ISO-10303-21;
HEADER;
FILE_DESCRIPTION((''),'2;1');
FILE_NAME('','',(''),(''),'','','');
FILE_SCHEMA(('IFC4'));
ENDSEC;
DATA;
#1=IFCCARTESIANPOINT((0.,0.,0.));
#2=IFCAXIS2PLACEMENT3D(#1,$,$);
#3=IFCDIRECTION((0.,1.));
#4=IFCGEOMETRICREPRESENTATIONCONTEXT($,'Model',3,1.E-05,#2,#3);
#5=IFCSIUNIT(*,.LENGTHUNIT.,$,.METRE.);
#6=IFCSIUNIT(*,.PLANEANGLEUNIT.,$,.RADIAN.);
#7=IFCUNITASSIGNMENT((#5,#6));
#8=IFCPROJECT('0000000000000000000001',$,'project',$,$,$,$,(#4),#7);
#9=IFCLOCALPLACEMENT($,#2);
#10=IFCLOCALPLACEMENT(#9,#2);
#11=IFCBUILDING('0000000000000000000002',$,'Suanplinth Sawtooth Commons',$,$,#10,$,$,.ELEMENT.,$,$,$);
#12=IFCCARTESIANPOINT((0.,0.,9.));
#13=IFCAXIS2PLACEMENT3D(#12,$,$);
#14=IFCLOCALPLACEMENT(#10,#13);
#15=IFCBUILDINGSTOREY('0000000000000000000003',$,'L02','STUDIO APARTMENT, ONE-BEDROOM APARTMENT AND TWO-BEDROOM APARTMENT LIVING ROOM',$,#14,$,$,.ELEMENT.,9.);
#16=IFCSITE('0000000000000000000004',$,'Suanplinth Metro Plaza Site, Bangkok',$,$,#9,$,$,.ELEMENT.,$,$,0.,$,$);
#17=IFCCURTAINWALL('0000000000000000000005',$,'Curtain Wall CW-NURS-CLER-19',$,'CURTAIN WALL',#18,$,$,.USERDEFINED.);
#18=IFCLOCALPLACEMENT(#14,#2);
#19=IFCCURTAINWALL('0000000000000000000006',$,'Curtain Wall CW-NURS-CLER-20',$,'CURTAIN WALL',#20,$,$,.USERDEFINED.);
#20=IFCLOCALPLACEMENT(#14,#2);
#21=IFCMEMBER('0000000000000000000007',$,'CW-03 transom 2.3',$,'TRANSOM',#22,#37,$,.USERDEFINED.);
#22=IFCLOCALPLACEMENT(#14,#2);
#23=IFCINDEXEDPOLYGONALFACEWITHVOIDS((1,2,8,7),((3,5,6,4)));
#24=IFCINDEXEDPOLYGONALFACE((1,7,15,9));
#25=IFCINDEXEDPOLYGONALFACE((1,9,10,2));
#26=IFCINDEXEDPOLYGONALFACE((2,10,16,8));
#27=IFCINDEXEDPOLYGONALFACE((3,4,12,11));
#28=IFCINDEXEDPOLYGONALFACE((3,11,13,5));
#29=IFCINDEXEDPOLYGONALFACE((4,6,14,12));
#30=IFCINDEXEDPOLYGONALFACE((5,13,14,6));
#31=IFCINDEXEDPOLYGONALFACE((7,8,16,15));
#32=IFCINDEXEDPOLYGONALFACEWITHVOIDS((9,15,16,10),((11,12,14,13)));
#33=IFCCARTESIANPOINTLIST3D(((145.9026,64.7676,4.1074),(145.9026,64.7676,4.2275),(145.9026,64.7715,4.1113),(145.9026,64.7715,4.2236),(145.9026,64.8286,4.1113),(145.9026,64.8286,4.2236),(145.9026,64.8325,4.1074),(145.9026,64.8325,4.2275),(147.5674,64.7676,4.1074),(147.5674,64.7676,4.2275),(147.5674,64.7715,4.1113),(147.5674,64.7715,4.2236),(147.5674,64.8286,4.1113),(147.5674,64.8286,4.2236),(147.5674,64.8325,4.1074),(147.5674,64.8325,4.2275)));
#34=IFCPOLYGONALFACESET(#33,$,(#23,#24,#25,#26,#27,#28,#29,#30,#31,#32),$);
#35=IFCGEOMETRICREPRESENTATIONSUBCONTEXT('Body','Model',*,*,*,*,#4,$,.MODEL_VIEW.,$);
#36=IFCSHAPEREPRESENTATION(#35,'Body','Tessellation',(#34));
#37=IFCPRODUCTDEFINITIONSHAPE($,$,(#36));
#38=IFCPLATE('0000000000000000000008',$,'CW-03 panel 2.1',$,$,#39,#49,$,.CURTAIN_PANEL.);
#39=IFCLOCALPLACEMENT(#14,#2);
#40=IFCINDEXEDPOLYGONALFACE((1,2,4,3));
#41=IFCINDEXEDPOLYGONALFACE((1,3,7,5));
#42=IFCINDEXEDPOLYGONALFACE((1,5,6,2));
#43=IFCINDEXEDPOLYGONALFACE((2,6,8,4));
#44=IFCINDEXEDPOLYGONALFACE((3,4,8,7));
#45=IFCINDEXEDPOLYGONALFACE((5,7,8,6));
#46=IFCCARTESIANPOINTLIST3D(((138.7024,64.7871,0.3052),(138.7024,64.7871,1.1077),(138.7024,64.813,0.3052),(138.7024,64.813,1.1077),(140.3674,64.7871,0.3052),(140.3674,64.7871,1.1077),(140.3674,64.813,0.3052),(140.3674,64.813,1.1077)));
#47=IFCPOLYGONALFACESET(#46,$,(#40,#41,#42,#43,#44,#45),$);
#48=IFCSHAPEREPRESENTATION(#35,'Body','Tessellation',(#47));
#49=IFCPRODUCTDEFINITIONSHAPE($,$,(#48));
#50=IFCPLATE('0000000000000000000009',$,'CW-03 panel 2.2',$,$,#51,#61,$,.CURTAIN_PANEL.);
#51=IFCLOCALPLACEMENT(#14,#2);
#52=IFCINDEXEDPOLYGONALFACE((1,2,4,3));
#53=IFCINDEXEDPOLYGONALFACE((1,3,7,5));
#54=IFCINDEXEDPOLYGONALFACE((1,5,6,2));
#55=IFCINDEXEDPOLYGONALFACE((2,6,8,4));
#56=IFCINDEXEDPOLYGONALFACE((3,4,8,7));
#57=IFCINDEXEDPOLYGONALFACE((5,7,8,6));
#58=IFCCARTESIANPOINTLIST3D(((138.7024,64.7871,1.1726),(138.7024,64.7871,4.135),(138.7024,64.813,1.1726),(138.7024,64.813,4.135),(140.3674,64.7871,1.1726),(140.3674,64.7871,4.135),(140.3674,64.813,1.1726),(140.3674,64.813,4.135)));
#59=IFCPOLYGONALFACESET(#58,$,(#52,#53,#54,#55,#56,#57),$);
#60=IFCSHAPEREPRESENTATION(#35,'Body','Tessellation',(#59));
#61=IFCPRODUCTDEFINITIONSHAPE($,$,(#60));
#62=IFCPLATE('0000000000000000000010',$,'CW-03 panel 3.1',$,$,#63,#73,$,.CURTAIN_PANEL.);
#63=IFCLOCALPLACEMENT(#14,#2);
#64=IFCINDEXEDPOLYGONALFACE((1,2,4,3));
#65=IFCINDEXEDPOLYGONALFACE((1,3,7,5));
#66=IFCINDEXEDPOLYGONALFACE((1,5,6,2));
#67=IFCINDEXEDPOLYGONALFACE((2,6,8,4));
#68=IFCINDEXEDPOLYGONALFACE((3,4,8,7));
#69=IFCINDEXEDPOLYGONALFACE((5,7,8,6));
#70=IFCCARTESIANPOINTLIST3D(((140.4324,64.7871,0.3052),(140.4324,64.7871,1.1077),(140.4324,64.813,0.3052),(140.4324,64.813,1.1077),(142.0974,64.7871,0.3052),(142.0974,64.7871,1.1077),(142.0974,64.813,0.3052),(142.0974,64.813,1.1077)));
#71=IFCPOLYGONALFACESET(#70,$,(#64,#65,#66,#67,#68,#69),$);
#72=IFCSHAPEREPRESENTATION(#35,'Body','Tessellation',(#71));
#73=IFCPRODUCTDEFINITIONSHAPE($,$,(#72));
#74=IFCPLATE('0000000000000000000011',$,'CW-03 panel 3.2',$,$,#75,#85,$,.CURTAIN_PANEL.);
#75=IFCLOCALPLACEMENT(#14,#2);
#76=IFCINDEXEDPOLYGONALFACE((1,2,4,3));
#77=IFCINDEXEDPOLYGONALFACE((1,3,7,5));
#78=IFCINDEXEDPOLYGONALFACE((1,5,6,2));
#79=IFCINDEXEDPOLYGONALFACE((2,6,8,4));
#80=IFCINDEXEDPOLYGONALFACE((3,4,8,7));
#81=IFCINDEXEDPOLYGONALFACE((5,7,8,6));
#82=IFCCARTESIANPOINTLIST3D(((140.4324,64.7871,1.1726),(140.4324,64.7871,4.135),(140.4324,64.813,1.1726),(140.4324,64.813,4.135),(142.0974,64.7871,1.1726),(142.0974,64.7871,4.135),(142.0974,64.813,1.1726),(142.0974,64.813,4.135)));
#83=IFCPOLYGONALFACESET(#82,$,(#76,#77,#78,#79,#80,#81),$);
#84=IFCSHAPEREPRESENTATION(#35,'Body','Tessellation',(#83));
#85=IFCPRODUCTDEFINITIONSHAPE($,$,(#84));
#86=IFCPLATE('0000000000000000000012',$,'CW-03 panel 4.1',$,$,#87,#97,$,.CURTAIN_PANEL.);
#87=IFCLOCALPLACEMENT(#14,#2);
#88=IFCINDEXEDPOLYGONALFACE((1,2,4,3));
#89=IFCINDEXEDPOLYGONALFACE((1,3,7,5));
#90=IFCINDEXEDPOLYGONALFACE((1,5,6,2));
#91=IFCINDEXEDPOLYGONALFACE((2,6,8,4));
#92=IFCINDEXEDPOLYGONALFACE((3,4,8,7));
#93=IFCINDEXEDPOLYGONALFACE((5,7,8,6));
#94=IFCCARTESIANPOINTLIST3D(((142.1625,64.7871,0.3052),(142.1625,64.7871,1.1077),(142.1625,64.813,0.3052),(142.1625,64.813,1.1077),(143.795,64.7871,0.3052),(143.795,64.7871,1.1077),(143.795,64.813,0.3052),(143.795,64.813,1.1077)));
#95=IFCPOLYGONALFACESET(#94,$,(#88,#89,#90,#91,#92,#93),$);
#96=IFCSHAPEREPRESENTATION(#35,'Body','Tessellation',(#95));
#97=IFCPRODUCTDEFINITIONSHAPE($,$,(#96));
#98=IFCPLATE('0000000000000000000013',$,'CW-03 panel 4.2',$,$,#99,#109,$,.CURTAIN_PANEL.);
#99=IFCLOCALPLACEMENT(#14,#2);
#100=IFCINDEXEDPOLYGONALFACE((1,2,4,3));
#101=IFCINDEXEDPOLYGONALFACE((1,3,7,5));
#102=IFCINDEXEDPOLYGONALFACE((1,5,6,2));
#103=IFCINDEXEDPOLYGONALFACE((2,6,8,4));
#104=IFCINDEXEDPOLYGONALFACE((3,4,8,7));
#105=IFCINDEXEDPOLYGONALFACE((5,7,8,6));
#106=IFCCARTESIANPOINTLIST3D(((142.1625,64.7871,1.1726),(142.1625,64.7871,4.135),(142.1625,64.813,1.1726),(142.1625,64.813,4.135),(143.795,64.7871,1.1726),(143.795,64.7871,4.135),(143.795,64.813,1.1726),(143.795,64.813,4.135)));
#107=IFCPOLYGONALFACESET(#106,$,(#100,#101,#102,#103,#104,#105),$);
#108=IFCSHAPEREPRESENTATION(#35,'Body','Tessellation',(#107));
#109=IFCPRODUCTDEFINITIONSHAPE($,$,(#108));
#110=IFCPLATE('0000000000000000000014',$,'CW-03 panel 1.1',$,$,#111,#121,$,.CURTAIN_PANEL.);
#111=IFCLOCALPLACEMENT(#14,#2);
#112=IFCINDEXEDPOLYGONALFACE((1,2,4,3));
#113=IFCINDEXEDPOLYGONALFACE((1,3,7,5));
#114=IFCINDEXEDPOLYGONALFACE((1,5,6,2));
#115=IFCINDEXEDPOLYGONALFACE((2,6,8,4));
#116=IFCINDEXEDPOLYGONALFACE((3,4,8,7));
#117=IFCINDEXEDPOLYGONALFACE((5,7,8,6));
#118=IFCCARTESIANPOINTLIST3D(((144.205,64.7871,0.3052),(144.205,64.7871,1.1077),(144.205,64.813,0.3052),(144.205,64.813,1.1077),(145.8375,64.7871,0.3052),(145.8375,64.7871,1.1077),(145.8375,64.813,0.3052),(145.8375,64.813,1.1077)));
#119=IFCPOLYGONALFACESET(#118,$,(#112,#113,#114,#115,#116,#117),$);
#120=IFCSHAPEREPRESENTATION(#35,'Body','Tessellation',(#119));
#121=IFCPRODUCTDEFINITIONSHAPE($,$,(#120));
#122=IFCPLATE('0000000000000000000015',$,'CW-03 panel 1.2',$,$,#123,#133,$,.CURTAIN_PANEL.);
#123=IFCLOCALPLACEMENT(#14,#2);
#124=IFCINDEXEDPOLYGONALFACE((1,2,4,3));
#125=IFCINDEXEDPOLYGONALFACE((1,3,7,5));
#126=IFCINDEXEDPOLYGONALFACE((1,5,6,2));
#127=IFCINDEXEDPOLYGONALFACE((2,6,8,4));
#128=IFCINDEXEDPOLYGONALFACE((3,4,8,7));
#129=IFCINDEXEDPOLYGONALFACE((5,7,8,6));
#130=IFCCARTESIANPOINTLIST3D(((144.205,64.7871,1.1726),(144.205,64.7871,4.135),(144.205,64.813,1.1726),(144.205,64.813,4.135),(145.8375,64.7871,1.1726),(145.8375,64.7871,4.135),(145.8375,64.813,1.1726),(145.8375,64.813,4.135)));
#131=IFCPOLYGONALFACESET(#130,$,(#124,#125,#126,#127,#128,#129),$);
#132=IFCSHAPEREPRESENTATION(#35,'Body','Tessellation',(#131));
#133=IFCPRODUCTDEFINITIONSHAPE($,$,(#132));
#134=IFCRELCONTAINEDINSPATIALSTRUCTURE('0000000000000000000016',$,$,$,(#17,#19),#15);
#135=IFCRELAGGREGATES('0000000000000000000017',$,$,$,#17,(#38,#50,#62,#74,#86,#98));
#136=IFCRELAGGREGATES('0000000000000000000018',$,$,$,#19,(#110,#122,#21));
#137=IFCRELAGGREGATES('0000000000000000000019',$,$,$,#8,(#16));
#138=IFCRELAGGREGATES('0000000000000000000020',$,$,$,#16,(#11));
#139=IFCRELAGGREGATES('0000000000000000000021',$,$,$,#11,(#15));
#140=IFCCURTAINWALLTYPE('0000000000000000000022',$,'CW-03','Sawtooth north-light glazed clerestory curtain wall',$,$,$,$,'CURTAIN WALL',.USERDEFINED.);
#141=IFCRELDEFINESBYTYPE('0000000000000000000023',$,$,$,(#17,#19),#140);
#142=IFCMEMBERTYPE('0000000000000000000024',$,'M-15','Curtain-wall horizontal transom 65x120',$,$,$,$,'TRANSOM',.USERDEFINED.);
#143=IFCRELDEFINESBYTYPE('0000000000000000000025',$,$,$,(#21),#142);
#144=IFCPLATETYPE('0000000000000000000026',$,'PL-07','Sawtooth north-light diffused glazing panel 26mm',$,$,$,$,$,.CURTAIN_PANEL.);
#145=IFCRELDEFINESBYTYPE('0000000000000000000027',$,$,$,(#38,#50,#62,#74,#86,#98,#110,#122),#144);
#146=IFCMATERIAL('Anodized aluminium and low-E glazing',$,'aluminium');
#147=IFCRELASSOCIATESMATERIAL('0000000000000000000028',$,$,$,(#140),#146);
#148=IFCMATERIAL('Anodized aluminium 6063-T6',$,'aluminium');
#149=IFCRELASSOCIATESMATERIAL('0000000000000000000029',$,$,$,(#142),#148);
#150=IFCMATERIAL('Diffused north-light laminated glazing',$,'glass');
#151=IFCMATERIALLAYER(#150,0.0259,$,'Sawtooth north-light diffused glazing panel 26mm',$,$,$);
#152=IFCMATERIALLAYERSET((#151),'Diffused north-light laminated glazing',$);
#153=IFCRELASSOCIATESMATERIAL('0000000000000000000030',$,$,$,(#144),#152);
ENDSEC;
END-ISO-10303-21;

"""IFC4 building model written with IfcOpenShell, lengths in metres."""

from ifc_helpers import new_model, si_unit, direction, frame, origin, origin_2d, place, context, subcontext, project, spatial, rectangle, hollow_rectangle, extrude, material, layer, layer_set, material_profile, profile_set, type_object, element, aggregate, save


model = new_model("IFC4")

# Units and contexts
model_context = context("Model", 3, precision=1e-05, world=origin(), true_north=direction((0.0, 1.0)))
body_context = subcontext(model_context, "Body", "Model", "MODEL_VIEW")
ifc_project = project(units=[si_unit("LENGTHUNIT", "METRE"), si_unit("PLANEANGLEUNIT", "RADIAN")], contexts=[model_context])

# Site, building, storey
site_placement = place(None, origin())
site = spatial("IfcSite", under=ifc_project, at=site_placement, Name="Suanplinth Metro Plaza Site, Bangkok", CompositionType="ELEMENT", RefElevation=0.0)
building_placement = place(site_placement, origin())
building = spatial("IfcBuilding", under=site, at=building_placement, Name="Suanplinth Sawtooth Commons", CompositionType="ELEMENT")
storey_placement = place(building_placement, frame((0.0, 0.0, 9.0)))
storey = spatial("IfcBuildingStorey", under=building, at=storey_placement, Name="L02", Description="STUDIO APARTMENT, ONE-BEDROOM APARTMENT AND TWO-BEDROOM APARTMENT LIVING ROOM", CompositionType="ELEMENT", Elevation=9.0)

# Curtain walls
ifc_material_1 = material(Name="Anodized aluminium and low-E glazing", Category="aluminium")
curtain_wall_type = type_object("IfcCurtainWallType", Name="CW-03", Description="Sawtooth north-light glazed clerestory curtain wall", ElementType="CURTAIN WALL", PredefinedType="USERDEFINED", material=ifc_material_1)
curtain_wall_1_placement = place(storey_placement, origin())
curtain_wall_1 = element("IfcCurtainWall", 1, at=curtain_wall_1_placement, inside=storey, type_object=curtain_wall_type, Name="Curtain Wall CW-NURS-CLER-19", ObjectType="CURTAIN WALL", PredefinedType="USERDEFINED")
ifc_material_2 = material(Name="Anodized aluminium 6063-T6", Category="aluminium")
curtain_wall_2_placement = place(storey_placement, origin())
curtain_wall_2 = element("IfcCurtainWall", 2, at=curtain_wall_2_placement, inside=storey, type_object=curtain_wall_type, Name="Curtain Wall CW-NURS-CLER-20", ObjectType="CURTAIN WALL", PredefinedType="USERDEFINED")

# Member
ifc_material_profile_1 = material_profile(ifc_material_2, hollow_rectangle(XDim=0.0649, YDim=0.1201, WallThickness=0.0039, at=origin_2d()), Name="ALU-TRN 65x120")
ifc_profile_set_1 = profile_set([ifc_material_profile_1], Name="Anodized aluminium 6063-T6")
member_type_1 = type_object("IfcMemberType", Name="M-15", Description="Curtain-wall horizontal transom 65x120", ElementType="TRANSOM", PredefinedType="USERDEFINED", material=ifc_profile_set_1)
member_1_placement = place(storey_placement, frame((145.9026, 64.8, 4.1675), z_axis=(1.0, 0.0, 0.0), x_axis=(0.0, 1.0, 0.0)))
member_1 = element("IfcMember", 3, at=member_1_placement, type_object=member_type_1, Name="CW-03 transom 2.3", ObjectType="TRANSOM", PredefinedType="USERDEFINED", context=body_context, shape_type="SweptSolid", body=[
    extrude(hollow_rectangle(XDim=0.0649, YDim=0.1201, WallThickness=0.0039, at=origin_2d()), origin(), (0.0, 0.0, 1.0), 1.6648),
])

# Plates
ifc_material_3 = material(Name="Diffused north-light laminated glazing", Category="glass")
ifc_layer = layer(ifc_material_3, 0.0259, Name="Sawtooth north-light diffused glazing panel 26mm")
ifc_layer_set = layer_set([ifc_layer], Name="Diffused north-light laminated glazing")
plate_type = type_object("IfcPlateType", Name="PL-07", Description="Sawtooth north-light diffused glazing panel 26mm", PredefinedType="CURTAIN_PANEL", material=ifc_layer_set)
plate_1_placement = place(storey_placement, frame((139.5349, 64.8, 0.3052), z_axis=(0.0, 0.0, 1.0), x_axis=(1.0, 0.0, 0.0)))
plate_1 = element("IfcPlate", 4, at=plate_1_placement, type_object=plate_type, Name="CW-03 panel 2.1", PredefinedType="CURTAIN_PANEL", context=body_context, shape_type="SweptSolid", body=[
    extrude(rectangle(XDim=1.665, YDim=0.0259, at=origin_2d()), origin(), (0.0, 0.0, 1.0), 0.8025),
])
plate_2_placement = place(storey_placement, frame((139.5349, 64.8, 1.1726), z_axis=(0.0, 0.0, 1.0), x_axis=(1.0, 0.0, 0.0)))
plate_2 = element("IfcPlate", 5, at=plate_2_placement, type_object=plate_type, Name="CW-03 panel 2.2", PredefinedType="CURTAIN_PANEL", context=body_context, shape_type="SweptSolid", body=[
    extrude(rectangle(XDim=1.665, YDim=0.0259, at=origin_2d()), origin(), (0.0, 0.0, 1.0), 2.9624),
])
plate_3_placement = place(storey_placement, frame((141.2649, 64.8, 0.3052), z_axis=(0.0, 0.0, 1.0), x_axis=(1.0, 0.0, 0.0)))
plate_3 = element("IfcPlate", 6, at=plate_3_placement, type_object=plate_type, Name="CW-03 panel 3.1", PredefinedType="CURTAIN_PANEL", context=body_context, shape_type="SweptSolid", body=[
    extrude(rectangle(XDim=1.665, YDim=0.0259, at=origin_2d()), origin(), (0.0, 0.0, 1.0), 0.8025),
])
plate_4_placement = place(storey_placement, frame((141.2649, 64.8, 1.1726), z_axis=(0.0, 0.0, 1.0), x_axis=(1.0, 0.0, 0.0)))
plate_4 = element("IfcPlate", 7, at=plate_4_placement, type_object=plate_type, Name="CW-03 panel 3.2", PredefinedType="CURTAIN_PANEL", context=body_context, shape_type="SweptSolid", body=[
    extrude(rectangle(XDim=1.665, YDim=0.0259, at=origin_2d()), origin(), (0.0, 0.0, 1.0), 2.9624),
])
plate_5_placement = place(storey_placement, frame((142.9788, 64.8, 0.3052), z_axis=(0.0, 0.0, 1.0), x_axis=(1.0, 0.0, 0.0)))
plate_5 = element("IfcPlate", 8, at=plate_5_placement, type_object=plate_type, Name="CW-03 panel 4.1", PredefinedType="CURTAIN_PANEL", context=body_context, shape_type="SweptSolid", body=[
    extrude(rectangle(XDim=1.6326, YDim=0.0259, at=origin_2d()), origin(), (0.0, 0.0, 1.0), 0.8025),
])
plate_6_placement = place(storey_placement, frame((142.9788, 64.8, 1.1726), z_axis=(0.0, 0.0, 1.0), x_axis=(1.0, 0.0, 0.0)))
plate_6 = element("IfcPlate", 9, at=plate_6_placement, type_object=plate_type, Name="CW-03 panel 4.2", PredefinedType="CURTAIN_PANEL", context=body_context, shape_type="SweptSolid", body=[
    extrude(rectangle(XDim=1.6326, YDim=0.0259, at=origin_2d()), origin(), (0.0, 0.0, 1.0), 2.9624),
])
aggregate(curtain_wall_1, [plate_1, plate_2, plate_3, plate_4, plate_5, plate_6])
plate_7_placement = place(storey_placement, frame((145.0212, 64.8, 0.3052), z_axis=(0.0, 0.0, 1.0), x_axis=(1.0, 0.0, 0.0)))
plate_7 = element("IfcPlate", 10, at=plate_7_placement, type_object=plate_type, Name="CW-03 panel 1.1", PredefinedType="CURTAIN_PANEL", context=body_context, shape_type="SweptSolid", body=[
    extrude(rectangle(XDim=1.6326, YDim=0.0259, at=origin_2d()), origin(), (0.0, 0.0, 1.0), 0.8025),
])
plate_8_placement = place(storey_placement, frame((145.0212, 64.8, 1.1726), z_axis=(0.0, 0.0, 1.0), x_axis=(1.0, 0.0, 0.0)))
plate_8 = element("IfcPlate", 11, at=plate_8_placement, type_object=plate_type, Name="CW-03 panel 1.2", PredefinedType="CURTAIN_PANEL", context=body_context, shape_type="SweptSolid", body=[
    extrude(rectangle(XDim=1.6326, YDim=0.0259, at=origin_2d()), origin(), (0.0, 0.0, 1.0), 2.9624),
])
aggregate(curtain_wall_2, [plate_7, plate_8, member_1])

save(model, "model.ifc")
